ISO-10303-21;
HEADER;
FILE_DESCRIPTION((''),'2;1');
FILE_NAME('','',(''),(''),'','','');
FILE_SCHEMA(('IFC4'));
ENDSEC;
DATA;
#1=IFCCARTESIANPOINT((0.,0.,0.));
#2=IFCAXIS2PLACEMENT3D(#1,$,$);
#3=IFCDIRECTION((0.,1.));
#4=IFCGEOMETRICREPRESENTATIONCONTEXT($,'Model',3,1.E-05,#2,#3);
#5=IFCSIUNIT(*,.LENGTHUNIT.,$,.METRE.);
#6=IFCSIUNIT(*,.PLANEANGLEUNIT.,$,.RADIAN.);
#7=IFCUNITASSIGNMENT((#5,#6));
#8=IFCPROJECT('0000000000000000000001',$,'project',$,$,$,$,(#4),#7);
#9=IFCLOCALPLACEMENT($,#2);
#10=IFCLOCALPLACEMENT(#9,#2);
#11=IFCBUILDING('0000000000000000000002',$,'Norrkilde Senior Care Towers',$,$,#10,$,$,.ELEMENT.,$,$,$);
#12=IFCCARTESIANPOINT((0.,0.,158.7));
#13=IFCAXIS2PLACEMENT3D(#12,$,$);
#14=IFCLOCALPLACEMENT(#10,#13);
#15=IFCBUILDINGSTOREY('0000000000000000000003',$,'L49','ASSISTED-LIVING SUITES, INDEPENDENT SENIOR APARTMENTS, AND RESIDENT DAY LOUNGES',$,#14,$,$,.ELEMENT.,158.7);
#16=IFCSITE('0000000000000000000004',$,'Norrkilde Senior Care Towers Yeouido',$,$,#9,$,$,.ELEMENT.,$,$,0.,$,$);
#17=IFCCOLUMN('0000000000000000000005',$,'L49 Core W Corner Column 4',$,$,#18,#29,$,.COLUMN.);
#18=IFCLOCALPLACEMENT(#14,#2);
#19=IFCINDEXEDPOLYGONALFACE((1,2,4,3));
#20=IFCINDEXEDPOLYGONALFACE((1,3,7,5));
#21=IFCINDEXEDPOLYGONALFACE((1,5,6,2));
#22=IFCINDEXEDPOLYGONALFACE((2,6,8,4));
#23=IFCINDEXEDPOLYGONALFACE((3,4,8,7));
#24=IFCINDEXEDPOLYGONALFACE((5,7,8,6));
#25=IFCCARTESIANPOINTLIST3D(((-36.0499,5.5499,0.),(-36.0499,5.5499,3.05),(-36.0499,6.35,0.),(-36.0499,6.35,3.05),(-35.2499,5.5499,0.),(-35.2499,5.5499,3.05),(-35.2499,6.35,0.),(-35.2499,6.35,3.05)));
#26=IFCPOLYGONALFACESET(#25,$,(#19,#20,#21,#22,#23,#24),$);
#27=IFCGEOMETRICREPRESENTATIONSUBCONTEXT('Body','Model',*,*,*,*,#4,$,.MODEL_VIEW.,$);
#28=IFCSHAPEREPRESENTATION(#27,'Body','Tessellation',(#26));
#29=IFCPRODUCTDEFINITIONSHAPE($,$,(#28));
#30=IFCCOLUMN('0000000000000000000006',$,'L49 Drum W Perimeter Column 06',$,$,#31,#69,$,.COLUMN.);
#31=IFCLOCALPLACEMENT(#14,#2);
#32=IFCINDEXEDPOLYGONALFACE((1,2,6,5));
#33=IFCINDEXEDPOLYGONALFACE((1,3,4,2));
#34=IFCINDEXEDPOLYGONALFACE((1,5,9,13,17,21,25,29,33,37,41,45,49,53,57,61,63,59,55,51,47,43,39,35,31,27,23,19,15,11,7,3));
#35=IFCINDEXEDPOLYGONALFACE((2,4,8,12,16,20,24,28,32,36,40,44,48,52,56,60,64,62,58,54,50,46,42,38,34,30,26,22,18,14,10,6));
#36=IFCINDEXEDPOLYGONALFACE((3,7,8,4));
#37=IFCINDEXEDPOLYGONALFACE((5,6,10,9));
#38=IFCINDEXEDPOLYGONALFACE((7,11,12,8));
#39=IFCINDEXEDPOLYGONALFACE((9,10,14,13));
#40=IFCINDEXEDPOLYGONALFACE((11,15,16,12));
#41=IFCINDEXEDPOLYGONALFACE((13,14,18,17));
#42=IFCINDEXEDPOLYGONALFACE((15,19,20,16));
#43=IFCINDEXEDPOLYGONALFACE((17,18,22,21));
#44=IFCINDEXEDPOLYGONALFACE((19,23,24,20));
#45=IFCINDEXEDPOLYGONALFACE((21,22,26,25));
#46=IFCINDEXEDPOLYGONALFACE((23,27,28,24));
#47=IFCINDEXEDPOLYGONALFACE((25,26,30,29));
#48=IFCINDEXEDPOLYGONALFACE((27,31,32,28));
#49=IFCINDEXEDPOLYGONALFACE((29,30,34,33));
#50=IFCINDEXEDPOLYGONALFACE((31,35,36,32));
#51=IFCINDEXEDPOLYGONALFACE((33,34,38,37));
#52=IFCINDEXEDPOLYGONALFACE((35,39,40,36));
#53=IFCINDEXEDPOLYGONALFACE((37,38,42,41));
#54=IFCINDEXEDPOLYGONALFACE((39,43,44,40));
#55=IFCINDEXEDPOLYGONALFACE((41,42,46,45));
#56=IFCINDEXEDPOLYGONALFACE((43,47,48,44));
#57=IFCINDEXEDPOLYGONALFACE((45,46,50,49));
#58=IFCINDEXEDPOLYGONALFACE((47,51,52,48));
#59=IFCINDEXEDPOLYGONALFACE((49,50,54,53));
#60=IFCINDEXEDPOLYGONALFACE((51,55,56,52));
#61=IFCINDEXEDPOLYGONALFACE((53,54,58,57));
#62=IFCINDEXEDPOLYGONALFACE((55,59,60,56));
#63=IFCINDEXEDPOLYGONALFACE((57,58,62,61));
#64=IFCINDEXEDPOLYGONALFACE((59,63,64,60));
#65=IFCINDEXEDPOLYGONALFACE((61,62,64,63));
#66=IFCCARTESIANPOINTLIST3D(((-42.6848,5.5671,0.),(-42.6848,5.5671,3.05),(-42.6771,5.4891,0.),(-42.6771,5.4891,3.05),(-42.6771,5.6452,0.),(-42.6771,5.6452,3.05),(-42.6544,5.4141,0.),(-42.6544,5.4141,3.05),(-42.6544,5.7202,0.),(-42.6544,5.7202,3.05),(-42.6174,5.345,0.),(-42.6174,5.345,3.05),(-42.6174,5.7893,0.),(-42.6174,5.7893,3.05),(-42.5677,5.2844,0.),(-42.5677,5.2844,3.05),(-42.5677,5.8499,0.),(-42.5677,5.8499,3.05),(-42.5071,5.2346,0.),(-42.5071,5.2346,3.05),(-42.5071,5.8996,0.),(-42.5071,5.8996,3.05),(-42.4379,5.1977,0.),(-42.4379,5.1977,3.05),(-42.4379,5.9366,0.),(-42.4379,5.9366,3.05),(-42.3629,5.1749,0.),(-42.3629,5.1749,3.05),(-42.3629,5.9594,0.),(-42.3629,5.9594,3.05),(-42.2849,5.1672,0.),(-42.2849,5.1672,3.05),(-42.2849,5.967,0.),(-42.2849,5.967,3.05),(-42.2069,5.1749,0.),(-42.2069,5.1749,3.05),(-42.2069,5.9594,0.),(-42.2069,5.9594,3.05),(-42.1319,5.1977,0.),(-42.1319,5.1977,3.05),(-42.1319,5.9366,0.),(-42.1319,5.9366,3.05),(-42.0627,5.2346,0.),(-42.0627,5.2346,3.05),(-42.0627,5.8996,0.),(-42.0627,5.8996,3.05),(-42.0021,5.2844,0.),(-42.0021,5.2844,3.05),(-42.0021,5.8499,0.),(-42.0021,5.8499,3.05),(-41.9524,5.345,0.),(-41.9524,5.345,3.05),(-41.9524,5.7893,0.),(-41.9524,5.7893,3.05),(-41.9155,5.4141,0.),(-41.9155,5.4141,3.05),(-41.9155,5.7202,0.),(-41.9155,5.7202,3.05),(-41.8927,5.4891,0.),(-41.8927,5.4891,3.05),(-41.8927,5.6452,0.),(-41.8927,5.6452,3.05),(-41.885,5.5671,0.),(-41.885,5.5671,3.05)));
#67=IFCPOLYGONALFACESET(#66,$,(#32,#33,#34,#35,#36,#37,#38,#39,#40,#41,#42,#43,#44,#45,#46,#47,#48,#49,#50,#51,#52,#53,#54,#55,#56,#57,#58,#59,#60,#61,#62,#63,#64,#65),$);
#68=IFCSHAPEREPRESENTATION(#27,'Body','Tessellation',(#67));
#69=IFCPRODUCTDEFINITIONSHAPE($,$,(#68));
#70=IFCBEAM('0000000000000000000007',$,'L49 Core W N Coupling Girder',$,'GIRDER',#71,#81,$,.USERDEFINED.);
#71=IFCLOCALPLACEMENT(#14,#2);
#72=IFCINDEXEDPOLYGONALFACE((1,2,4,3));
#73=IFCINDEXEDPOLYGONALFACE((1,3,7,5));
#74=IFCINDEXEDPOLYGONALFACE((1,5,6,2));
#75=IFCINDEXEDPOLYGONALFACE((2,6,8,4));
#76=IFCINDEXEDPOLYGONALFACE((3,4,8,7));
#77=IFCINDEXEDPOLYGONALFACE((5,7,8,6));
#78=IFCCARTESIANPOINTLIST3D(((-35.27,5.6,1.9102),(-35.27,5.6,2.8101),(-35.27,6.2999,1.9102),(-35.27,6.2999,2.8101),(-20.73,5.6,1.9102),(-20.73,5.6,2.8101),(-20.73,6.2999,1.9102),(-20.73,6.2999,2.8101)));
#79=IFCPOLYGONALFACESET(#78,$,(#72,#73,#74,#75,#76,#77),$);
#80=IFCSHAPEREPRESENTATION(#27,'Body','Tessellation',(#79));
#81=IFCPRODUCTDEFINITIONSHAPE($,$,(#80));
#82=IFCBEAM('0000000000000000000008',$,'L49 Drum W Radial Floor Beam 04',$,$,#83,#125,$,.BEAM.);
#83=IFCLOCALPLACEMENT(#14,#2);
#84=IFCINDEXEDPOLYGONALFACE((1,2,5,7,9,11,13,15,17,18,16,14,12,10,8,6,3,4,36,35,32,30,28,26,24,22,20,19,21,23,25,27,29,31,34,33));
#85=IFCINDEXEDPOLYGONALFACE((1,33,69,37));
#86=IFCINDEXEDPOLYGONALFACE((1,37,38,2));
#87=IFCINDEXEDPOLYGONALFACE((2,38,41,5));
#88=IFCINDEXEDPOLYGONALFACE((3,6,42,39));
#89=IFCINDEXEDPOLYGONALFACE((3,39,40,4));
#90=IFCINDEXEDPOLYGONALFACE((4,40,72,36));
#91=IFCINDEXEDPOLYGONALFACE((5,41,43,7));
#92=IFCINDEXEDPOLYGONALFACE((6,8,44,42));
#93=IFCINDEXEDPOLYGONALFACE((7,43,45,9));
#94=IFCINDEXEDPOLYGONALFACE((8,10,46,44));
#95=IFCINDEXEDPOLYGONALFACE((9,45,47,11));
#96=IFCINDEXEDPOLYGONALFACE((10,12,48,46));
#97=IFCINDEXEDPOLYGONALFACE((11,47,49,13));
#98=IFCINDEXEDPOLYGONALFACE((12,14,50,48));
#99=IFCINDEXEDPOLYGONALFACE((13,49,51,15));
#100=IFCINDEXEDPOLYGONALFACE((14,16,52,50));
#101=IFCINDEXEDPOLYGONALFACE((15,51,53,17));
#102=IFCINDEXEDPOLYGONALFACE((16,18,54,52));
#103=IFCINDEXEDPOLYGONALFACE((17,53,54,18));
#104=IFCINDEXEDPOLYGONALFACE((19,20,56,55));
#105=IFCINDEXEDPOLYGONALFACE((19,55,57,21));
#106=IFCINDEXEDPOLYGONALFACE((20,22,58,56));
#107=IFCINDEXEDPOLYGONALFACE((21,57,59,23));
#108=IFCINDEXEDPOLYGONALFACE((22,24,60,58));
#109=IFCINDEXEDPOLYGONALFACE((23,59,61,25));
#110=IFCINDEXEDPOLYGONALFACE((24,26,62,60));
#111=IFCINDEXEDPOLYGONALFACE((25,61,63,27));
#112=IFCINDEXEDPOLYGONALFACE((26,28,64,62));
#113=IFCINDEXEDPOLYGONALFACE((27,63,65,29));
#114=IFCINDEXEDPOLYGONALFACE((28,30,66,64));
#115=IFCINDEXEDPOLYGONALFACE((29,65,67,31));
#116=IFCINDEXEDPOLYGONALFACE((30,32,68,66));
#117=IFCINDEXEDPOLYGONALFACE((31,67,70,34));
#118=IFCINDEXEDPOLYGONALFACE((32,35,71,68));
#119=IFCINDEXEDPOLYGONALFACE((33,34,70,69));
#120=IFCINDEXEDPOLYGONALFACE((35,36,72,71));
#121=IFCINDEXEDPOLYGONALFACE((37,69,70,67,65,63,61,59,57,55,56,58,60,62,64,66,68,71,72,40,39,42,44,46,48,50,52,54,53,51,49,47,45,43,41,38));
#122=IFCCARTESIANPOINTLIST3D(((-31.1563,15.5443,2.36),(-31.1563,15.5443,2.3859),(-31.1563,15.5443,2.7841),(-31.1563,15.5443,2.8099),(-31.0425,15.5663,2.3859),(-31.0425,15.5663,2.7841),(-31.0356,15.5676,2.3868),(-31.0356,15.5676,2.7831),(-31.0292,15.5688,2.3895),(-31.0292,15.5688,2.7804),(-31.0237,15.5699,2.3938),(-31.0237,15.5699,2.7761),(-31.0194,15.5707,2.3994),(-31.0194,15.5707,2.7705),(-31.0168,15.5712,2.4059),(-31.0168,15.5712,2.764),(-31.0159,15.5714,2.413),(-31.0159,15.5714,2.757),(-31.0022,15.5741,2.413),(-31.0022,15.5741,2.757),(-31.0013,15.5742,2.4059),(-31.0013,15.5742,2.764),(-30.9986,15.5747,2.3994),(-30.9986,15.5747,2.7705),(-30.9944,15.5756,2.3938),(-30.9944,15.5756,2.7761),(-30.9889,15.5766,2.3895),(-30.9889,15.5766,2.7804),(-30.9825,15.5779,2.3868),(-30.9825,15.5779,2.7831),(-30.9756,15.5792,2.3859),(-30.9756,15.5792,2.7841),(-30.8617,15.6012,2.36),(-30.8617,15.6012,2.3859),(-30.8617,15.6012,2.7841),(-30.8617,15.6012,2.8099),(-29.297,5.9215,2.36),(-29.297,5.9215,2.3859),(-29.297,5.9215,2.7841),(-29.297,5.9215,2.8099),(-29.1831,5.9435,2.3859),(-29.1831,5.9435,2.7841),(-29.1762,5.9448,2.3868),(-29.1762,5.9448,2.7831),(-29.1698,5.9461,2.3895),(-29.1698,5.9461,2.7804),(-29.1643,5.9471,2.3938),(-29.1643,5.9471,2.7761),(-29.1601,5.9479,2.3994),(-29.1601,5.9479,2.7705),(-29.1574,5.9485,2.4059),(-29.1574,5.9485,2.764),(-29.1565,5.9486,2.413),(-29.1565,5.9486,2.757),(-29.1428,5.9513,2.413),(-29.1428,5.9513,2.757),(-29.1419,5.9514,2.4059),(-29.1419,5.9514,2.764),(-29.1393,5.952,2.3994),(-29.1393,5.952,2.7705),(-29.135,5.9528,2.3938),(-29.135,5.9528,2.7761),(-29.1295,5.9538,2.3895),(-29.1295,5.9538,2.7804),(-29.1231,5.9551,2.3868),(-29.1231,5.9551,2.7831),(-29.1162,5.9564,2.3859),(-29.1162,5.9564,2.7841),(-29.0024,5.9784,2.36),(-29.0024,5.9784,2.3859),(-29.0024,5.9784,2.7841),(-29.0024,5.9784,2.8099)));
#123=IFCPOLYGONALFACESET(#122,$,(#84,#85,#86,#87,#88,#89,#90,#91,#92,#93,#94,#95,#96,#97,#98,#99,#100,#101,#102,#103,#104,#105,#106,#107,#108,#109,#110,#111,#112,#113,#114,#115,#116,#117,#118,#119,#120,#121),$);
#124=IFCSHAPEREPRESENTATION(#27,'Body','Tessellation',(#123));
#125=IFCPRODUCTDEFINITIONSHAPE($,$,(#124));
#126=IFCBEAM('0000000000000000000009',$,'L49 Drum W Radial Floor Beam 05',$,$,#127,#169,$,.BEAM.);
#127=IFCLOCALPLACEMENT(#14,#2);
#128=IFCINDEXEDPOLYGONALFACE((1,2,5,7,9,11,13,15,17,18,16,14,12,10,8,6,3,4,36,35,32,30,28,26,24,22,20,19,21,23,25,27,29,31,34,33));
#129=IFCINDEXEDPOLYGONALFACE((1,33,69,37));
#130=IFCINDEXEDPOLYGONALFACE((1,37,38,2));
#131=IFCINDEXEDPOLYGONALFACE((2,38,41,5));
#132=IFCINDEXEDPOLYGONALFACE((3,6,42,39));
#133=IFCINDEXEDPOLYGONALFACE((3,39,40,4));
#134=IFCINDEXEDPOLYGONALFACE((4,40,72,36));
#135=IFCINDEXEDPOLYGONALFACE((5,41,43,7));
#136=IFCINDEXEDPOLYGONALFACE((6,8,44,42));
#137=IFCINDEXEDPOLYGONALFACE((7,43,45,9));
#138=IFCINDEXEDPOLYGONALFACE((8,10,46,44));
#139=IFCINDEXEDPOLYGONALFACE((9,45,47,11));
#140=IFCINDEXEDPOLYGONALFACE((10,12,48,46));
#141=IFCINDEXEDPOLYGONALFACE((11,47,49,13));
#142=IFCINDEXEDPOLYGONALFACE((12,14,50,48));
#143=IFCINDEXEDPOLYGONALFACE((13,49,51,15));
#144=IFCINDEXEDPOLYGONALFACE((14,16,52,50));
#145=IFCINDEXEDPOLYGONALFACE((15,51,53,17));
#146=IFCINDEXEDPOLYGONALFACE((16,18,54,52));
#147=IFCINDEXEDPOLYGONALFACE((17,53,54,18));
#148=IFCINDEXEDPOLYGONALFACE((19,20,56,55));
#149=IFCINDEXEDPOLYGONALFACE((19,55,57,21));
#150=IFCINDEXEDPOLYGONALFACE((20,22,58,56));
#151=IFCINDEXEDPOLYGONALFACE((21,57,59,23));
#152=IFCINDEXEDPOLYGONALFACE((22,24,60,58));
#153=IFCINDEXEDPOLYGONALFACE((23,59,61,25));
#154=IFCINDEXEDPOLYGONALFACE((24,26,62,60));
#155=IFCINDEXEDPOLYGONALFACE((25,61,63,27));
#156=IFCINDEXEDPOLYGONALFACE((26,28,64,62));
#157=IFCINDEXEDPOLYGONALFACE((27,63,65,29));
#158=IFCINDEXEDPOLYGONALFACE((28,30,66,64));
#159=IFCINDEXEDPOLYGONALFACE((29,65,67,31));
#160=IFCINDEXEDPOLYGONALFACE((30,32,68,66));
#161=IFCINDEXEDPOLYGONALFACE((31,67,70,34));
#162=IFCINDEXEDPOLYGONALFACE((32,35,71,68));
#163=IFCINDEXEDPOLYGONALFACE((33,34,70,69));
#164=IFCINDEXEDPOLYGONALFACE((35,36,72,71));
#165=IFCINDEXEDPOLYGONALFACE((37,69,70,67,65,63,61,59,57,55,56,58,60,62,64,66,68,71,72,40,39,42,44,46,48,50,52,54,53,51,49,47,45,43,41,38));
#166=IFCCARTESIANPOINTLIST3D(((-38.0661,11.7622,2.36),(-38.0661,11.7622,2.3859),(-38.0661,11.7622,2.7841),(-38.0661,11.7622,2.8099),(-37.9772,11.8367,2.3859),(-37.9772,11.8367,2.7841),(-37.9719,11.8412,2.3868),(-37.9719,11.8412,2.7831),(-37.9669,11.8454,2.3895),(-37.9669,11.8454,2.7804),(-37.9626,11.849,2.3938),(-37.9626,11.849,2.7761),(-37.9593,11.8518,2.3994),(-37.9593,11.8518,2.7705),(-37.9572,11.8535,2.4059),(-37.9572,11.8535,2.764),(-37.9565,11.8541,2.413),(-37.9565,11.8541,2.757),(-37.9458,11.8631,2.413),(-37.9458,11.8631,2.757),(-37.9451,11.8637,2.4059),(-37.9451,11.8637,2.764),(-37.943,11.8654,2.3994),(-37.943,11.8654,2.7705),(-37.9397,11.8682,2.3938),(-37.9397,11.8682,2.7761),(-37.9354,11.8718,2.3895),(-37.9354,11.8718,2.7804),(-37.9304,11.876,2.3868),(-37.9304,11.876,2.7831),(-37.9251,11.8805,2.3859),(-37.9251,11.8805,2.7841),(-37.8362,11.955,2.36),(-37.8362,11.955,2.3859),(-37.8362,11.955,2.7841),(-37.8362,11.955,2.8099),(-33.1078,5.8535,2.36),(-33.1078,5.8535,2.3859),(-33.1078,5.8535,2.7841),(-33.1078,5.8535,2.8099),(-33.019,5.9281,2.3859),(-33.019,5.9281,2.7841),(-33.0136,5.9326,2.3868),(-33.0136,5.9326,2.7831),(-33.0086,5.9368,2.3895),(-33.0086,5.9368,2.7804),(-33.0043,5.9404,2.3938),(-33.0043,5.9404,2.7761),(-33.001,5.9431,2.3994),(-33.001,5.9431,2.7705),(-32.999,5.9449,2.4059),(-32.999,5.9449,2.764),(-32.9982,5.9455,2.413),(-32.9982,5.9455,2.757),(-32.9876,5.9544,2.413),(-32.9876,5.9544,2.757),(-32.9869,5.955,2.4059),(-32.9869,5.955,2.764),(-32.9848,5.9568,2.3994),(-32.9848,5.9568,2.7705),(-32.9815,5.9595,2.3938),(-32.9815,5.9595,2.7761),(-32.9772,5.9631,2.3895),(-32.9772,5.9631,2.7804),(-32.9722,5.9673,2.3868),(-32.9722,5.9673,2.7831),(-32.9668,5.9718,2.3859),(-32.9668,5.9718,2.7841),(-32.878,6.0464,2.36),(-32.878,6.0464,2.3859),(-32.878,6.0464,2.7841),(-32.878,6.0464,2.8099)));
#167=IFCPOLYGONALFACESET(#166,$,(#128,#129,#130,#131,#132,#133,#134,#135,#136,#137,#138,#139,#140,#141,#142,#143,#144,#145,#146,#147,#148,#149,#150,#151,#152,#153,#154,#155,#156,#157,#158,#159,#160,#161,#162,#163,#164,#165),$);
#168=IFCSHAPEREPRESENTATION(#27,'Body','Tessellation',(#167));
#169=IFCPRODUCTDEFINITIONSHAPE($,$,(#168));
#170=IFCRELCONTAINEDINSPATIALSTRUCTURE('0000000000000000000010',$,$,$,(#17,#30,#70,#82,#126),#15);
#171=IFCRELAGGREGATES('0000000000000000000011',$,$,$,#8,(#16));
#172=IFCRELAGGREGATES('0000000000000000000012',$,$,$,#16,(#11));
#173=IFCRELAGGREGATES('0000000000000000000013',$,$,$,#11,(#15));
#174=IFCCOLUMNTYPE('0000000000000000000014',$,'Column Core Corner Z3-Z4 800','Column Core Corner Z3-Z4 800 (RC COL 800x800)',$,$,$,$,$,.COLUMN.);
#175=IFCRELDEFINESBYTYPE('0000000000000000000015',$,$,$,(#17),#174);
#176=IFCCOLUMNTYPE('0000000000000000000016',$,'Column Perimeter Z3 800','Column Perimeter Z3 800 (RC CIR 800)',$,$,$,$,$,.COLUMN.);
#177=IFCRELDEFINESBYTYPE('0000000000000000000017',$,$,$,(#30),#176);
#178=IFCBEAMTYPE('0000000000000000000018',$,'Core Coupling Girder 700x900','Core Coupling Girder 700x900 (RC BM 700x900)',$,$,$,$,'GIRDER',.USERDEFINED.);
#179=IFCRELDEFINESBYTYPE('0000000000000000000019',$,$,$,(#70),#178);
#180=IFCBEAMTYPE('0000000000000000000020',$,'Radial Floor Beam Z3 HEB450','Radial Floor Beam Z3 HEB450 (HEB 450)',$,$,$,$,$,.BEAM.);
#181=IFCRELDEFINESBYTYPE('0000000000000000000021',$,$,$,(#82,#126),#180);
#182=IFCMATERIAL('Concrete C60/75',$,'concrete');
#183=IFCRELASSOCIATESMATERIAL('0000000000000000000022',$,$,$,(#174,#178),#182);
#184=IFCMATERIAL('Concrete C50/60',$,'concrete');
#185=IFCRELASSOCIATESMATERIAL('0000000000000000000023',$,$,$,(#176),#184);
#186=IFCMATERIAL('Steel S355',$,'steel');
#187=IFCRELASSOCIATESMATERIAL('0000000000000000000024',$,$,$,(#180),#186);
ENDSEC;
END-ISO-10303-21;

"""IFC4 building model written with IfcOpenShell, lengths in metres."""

from ifc_helpers import new_model, si_unit, direction, frame, origin, origin_2d, place, context, subcontext, project, spatial, rectangle, circle, i_section, extrude, source, transform, mapped, material, material_profile, profile_set, type_object, type_shapes, element, save


model = new_model("IFC4")

# Units and contexts
model_context = context("Model", 3, precision=1e-05, world=origin(), true_north=direction((0.0, 1.0)))
body_context = subcontext(model_context, "Body", "Model", "MODEL_VIEW")
ifc_project = project(units=[si_unit("LENGTHUNIT", "METRE"), si_unit("PLANEANGLEUNIT", "RADIAN")], contexts=[model_context])

# Site, building, storey
site_placement = place(None, origin())
site = spatial("IfcSite", under=ifc_project, at=site_placement, Name="Norrkilde Senior Care Towers Yeouido", CompositionType="ELEMENT", RefElevation=0.0)
building_placement = place(site_placement, origin())
building = spatial("IfcBuilding", under=site, at=building_placement, Name="Norrkilde Senior Care Towers", CompositionType="ELEMENT")
storey_placement = place(building_placement, frame((0.0, 0.0, 158.7)))
storey = spatial("IfcBuildingStorey", under=building, at=storey_placement, Name="L49", Description="ASSISTED-LIVING SUITES, INDEPENDENT SENIOR APARTMENTS, AND RESIDENT DAY LOUNGES", CompositionType="ELEMENT", Elevation=158.7)

# Columns
ifc_material_1 = material(Name="Concrete C60/75", Category="concrete")
ifc_material_profile_1 = material_profile(ifc_material_1, rectangle(XDim=0.8, YDim=0.8, at=origin_2d()), Name="RC COL 800x800")
ifc_profile_set_1 = profile_set([ifc_material_profile_1], Name="Concrete C60/75")
column_type_1 = type_object("IfcColumnType", Name="Column Core Corner Z3-Z4 800", Description="Column Core Corner Z3-Z4 800 (RC COL 800x800)", PredefinedType="COLUMN", material=ifc_profile_set_1)
shared_shape_1 = source(origin(), body_context, "Body", "SweptSolid", [
    extrude(rectangle(XDim=0.8, YDim=0.8, at=origin_2d()), origin(), (0.0, 0.0, 1.0), 3.05),
])
type_shapes(column_type_1, [shared_shape_1])
column_1_placement = place(storey_placement, frame((-35.6499, 5.95, 0.0), z_axis=(0.0, 0.0, 1.0), x_axis=(1.0, 0.0, 0.0)))
element("IfcColumn", 1, at=column_1_placement, inside=storey, type_object=column_type_1, Name="L49 Core W Corner Column 4", PredefinedType="COLUMN", context=body_context, shape_type="MappedRepresentation", body=[
    mapped(shared_shape_1, transform((0.0, 0.0, 0.0), x_axis=(1.0, 0.0, 0.0), y_axis=(0.0, 1.0, 0.0), z_axis=(0.0, 0.0, 1.0), scale=1.0)),
])
ifc_material_2 = material(Name="Concrete C50/60", Category="concrete")
ifc_material_profile_2 = material_profile(ifc_material_2, circle(Radius=0.3999, at=origin_2d()), Name="RC CIR 800")
ifc_profile_set_2 = profile_set([ifc_material_profile_2], Name="Concrete C50/60")
column_type_2 = type_object("IfcColumnType", Name="Column Perimeter Z3 800", Description="Column Perimeter Z3 800 (RC CIR 800)", PredefinedType="COLUMN", material=ifc_profile_set_2)
shared_shape_2 = source(origin(), body_context, "Body", "SweptSolid", [
    extrude(circle(Radius=0.3999, at=origin_2d()), origin(), (0.0, 0.0, 1.0), 3.05),
])
type_shapes(column_type_2, [shared_shape_2])
column_2_placement = place(storey_placement, frame((-42.2849, 5.5671, 0.0), z_axis=(0.0, 0.0, 1.0), x_axis=(1.0, 0.0, 0.0)))
element("IfcColumn", 2, at=column_2_placement, inside=storey, type_object=column_type_2, Name="L49 Drum W Perimeter Column 06", PredefinedType="COLUMN", context=body_context, shape_type="MappedRepresentation", body=[
    mapped(shared_shape_2, transform((0.0, 0.0, 0.0), x_axis=(1.0, 0.0, 0.0), y_axis=(0.0, 1.0, 0.0), z_axis=(0.0, 0.0, 1.0), scale=1.0)),
])

# Beams
ifc_material_profile_3 = material_profile(ifc_material_1, rectangle(XDim=0.7, YDim=0.8999, at=origin_2d()), Name="RC BM 700x900")
ifc_profile_set_3 = profile_set([ifc_material_profile_3], Name="Concrete C60/75")
beam_type_1 = type_object("IfcBeamType", Name="Core Coupling Girder 700x900", Description="Core Coupling Girder 700x900 (RC BM 700x900)", ElementType="GIRDER", PredefinedType="USERDEFINED", material=ifc_profile_set_3)
shared_shape_3 = source(origin(), body_context, "Body", "SweptSolid", [
    extrude(rectangle(XDim=0.7, YDim=0.8999, at=origin_2d()), origin(), (0.0, 0.0, 1.0), 14.54),
])
type_shapes(beam_type_1, [shared_shape_3])
beam_1_placement = place(storey_placement, frame((-35.27, 5.95, 2.3601), z_axis=(1.0, 0.0, 0.0), x_axis=(0.0, 1.0, 0.0)))
element("IfcBeam", 3, at=beam_1_placement, inside=storey, type_object=beam_type_1, Name="L49 Core W N Coupling Girder", ObjectType="GIRDER", PredefinedType="USERDEFINED", context=body_context, shape_type="MappedRepresentation", body=[
    mapped(shared_shape_3, transform((0.0, 0.0, 0.0), x_axis=(1.0, 0.0, 0.0), y_axis=(0.0, 1.0, 0.0), z_axis=(0.0, 0.0, 1.0), scale=1.0)),
])
ifc_material_3 = material(Name="Steel S355", Category="steel")
ifc_material_profile_4 = material_profile(ifc_material_3, i_section(OverallWidth=0.3, OverallDepth=0.45, WebThickness=0.0139, FlangeThickness=0.0259, FilletRadius=0.0271, at=origin_2d()), Name="HEB 450")
ifc_profile_set_4 = profile_set([ifc_material_profile_4], Name="Steel S355")
beam_type_2 = type_object("IfcBeamType", Name="Radial Floor Beam Z3 HEB450", Description="Radial Floor Beam Z3 HEB450 (HEB 450)", PredefinedType="BEAM", material=ifc_profile_set_4)
shared_shape_4 = source(origin(), body_context, "Body", "SweptSolid", [
    extrude(i_section(OverallWidth=0.3, OverallDepth=0.45, WebThickness=0.0139, FlangeThickness=0.0259, FilletRadius=0.0271, at=origin_2d()), origin(), (0.0, 0.0, 1.0), 9.8008),
])
beam_2_placement = place(storey_placement, frame((-29.1497, 5.95, 2.585), z_axis=(-0.189717, 0.981839, 0.0), x_axis=(-0.981839, -0.189717, 0.0)))
element("IfcBeam", 4, at=beam_2_placement, inside=storey, type_object=beam_type_2, Name="L49 Drum W Radial Floor Beam 04", PredefinedType="BEAM", context=body_context, shape_type="MappedRepresentation", body=[
    mapped(shared_shape_4, transform((0.0, 0.0, 0.0), x_axis=(1.0, 0.0, 0.0), y_axis=(0.0, 1.0, 0.0), z_axis=(0.0, 0.0, 1.0), scale=1.0)),
])
shared_shape_5 = source(origin(), body_context, "Body", "SweptSolid", [
    extrude(i_section(OverallWidth=0.3, OverallDepth=0.45, WebThickness=0.0139, FlangeThickness=0.0259, FilletRadius=0.0271, at=origin_2d()), origin(), (0.0, 0.0, 1.0), 7.7134),
])
beam_3_placement = place(storey_placement, frame((-32.9929, 5.95, 2.585), z_axis=(-0.642808, 0.766027, 0.0), x_axis=(-0.766027, -0.642808, 0.0)))
element("IfcBeam", 5, at=beam_3_placement, inside=storey, type_object=beam_type_2, Name="L49 Drum W Radial Floor Beam 05", PredefinedType="BEAM", context=body_context, shape_type="MappedRepresentation", body=[
    mapped(shared_shape_5, transform((0.0, 0.0, 0.0), x_axis=(1.0, 0.0, 0.0), y_axis=(0.0, 1.0, 0.0), z_axis=(0.0, 0.0, 1.0), scale=1.0)),
])

save(model, "model.ifc")
